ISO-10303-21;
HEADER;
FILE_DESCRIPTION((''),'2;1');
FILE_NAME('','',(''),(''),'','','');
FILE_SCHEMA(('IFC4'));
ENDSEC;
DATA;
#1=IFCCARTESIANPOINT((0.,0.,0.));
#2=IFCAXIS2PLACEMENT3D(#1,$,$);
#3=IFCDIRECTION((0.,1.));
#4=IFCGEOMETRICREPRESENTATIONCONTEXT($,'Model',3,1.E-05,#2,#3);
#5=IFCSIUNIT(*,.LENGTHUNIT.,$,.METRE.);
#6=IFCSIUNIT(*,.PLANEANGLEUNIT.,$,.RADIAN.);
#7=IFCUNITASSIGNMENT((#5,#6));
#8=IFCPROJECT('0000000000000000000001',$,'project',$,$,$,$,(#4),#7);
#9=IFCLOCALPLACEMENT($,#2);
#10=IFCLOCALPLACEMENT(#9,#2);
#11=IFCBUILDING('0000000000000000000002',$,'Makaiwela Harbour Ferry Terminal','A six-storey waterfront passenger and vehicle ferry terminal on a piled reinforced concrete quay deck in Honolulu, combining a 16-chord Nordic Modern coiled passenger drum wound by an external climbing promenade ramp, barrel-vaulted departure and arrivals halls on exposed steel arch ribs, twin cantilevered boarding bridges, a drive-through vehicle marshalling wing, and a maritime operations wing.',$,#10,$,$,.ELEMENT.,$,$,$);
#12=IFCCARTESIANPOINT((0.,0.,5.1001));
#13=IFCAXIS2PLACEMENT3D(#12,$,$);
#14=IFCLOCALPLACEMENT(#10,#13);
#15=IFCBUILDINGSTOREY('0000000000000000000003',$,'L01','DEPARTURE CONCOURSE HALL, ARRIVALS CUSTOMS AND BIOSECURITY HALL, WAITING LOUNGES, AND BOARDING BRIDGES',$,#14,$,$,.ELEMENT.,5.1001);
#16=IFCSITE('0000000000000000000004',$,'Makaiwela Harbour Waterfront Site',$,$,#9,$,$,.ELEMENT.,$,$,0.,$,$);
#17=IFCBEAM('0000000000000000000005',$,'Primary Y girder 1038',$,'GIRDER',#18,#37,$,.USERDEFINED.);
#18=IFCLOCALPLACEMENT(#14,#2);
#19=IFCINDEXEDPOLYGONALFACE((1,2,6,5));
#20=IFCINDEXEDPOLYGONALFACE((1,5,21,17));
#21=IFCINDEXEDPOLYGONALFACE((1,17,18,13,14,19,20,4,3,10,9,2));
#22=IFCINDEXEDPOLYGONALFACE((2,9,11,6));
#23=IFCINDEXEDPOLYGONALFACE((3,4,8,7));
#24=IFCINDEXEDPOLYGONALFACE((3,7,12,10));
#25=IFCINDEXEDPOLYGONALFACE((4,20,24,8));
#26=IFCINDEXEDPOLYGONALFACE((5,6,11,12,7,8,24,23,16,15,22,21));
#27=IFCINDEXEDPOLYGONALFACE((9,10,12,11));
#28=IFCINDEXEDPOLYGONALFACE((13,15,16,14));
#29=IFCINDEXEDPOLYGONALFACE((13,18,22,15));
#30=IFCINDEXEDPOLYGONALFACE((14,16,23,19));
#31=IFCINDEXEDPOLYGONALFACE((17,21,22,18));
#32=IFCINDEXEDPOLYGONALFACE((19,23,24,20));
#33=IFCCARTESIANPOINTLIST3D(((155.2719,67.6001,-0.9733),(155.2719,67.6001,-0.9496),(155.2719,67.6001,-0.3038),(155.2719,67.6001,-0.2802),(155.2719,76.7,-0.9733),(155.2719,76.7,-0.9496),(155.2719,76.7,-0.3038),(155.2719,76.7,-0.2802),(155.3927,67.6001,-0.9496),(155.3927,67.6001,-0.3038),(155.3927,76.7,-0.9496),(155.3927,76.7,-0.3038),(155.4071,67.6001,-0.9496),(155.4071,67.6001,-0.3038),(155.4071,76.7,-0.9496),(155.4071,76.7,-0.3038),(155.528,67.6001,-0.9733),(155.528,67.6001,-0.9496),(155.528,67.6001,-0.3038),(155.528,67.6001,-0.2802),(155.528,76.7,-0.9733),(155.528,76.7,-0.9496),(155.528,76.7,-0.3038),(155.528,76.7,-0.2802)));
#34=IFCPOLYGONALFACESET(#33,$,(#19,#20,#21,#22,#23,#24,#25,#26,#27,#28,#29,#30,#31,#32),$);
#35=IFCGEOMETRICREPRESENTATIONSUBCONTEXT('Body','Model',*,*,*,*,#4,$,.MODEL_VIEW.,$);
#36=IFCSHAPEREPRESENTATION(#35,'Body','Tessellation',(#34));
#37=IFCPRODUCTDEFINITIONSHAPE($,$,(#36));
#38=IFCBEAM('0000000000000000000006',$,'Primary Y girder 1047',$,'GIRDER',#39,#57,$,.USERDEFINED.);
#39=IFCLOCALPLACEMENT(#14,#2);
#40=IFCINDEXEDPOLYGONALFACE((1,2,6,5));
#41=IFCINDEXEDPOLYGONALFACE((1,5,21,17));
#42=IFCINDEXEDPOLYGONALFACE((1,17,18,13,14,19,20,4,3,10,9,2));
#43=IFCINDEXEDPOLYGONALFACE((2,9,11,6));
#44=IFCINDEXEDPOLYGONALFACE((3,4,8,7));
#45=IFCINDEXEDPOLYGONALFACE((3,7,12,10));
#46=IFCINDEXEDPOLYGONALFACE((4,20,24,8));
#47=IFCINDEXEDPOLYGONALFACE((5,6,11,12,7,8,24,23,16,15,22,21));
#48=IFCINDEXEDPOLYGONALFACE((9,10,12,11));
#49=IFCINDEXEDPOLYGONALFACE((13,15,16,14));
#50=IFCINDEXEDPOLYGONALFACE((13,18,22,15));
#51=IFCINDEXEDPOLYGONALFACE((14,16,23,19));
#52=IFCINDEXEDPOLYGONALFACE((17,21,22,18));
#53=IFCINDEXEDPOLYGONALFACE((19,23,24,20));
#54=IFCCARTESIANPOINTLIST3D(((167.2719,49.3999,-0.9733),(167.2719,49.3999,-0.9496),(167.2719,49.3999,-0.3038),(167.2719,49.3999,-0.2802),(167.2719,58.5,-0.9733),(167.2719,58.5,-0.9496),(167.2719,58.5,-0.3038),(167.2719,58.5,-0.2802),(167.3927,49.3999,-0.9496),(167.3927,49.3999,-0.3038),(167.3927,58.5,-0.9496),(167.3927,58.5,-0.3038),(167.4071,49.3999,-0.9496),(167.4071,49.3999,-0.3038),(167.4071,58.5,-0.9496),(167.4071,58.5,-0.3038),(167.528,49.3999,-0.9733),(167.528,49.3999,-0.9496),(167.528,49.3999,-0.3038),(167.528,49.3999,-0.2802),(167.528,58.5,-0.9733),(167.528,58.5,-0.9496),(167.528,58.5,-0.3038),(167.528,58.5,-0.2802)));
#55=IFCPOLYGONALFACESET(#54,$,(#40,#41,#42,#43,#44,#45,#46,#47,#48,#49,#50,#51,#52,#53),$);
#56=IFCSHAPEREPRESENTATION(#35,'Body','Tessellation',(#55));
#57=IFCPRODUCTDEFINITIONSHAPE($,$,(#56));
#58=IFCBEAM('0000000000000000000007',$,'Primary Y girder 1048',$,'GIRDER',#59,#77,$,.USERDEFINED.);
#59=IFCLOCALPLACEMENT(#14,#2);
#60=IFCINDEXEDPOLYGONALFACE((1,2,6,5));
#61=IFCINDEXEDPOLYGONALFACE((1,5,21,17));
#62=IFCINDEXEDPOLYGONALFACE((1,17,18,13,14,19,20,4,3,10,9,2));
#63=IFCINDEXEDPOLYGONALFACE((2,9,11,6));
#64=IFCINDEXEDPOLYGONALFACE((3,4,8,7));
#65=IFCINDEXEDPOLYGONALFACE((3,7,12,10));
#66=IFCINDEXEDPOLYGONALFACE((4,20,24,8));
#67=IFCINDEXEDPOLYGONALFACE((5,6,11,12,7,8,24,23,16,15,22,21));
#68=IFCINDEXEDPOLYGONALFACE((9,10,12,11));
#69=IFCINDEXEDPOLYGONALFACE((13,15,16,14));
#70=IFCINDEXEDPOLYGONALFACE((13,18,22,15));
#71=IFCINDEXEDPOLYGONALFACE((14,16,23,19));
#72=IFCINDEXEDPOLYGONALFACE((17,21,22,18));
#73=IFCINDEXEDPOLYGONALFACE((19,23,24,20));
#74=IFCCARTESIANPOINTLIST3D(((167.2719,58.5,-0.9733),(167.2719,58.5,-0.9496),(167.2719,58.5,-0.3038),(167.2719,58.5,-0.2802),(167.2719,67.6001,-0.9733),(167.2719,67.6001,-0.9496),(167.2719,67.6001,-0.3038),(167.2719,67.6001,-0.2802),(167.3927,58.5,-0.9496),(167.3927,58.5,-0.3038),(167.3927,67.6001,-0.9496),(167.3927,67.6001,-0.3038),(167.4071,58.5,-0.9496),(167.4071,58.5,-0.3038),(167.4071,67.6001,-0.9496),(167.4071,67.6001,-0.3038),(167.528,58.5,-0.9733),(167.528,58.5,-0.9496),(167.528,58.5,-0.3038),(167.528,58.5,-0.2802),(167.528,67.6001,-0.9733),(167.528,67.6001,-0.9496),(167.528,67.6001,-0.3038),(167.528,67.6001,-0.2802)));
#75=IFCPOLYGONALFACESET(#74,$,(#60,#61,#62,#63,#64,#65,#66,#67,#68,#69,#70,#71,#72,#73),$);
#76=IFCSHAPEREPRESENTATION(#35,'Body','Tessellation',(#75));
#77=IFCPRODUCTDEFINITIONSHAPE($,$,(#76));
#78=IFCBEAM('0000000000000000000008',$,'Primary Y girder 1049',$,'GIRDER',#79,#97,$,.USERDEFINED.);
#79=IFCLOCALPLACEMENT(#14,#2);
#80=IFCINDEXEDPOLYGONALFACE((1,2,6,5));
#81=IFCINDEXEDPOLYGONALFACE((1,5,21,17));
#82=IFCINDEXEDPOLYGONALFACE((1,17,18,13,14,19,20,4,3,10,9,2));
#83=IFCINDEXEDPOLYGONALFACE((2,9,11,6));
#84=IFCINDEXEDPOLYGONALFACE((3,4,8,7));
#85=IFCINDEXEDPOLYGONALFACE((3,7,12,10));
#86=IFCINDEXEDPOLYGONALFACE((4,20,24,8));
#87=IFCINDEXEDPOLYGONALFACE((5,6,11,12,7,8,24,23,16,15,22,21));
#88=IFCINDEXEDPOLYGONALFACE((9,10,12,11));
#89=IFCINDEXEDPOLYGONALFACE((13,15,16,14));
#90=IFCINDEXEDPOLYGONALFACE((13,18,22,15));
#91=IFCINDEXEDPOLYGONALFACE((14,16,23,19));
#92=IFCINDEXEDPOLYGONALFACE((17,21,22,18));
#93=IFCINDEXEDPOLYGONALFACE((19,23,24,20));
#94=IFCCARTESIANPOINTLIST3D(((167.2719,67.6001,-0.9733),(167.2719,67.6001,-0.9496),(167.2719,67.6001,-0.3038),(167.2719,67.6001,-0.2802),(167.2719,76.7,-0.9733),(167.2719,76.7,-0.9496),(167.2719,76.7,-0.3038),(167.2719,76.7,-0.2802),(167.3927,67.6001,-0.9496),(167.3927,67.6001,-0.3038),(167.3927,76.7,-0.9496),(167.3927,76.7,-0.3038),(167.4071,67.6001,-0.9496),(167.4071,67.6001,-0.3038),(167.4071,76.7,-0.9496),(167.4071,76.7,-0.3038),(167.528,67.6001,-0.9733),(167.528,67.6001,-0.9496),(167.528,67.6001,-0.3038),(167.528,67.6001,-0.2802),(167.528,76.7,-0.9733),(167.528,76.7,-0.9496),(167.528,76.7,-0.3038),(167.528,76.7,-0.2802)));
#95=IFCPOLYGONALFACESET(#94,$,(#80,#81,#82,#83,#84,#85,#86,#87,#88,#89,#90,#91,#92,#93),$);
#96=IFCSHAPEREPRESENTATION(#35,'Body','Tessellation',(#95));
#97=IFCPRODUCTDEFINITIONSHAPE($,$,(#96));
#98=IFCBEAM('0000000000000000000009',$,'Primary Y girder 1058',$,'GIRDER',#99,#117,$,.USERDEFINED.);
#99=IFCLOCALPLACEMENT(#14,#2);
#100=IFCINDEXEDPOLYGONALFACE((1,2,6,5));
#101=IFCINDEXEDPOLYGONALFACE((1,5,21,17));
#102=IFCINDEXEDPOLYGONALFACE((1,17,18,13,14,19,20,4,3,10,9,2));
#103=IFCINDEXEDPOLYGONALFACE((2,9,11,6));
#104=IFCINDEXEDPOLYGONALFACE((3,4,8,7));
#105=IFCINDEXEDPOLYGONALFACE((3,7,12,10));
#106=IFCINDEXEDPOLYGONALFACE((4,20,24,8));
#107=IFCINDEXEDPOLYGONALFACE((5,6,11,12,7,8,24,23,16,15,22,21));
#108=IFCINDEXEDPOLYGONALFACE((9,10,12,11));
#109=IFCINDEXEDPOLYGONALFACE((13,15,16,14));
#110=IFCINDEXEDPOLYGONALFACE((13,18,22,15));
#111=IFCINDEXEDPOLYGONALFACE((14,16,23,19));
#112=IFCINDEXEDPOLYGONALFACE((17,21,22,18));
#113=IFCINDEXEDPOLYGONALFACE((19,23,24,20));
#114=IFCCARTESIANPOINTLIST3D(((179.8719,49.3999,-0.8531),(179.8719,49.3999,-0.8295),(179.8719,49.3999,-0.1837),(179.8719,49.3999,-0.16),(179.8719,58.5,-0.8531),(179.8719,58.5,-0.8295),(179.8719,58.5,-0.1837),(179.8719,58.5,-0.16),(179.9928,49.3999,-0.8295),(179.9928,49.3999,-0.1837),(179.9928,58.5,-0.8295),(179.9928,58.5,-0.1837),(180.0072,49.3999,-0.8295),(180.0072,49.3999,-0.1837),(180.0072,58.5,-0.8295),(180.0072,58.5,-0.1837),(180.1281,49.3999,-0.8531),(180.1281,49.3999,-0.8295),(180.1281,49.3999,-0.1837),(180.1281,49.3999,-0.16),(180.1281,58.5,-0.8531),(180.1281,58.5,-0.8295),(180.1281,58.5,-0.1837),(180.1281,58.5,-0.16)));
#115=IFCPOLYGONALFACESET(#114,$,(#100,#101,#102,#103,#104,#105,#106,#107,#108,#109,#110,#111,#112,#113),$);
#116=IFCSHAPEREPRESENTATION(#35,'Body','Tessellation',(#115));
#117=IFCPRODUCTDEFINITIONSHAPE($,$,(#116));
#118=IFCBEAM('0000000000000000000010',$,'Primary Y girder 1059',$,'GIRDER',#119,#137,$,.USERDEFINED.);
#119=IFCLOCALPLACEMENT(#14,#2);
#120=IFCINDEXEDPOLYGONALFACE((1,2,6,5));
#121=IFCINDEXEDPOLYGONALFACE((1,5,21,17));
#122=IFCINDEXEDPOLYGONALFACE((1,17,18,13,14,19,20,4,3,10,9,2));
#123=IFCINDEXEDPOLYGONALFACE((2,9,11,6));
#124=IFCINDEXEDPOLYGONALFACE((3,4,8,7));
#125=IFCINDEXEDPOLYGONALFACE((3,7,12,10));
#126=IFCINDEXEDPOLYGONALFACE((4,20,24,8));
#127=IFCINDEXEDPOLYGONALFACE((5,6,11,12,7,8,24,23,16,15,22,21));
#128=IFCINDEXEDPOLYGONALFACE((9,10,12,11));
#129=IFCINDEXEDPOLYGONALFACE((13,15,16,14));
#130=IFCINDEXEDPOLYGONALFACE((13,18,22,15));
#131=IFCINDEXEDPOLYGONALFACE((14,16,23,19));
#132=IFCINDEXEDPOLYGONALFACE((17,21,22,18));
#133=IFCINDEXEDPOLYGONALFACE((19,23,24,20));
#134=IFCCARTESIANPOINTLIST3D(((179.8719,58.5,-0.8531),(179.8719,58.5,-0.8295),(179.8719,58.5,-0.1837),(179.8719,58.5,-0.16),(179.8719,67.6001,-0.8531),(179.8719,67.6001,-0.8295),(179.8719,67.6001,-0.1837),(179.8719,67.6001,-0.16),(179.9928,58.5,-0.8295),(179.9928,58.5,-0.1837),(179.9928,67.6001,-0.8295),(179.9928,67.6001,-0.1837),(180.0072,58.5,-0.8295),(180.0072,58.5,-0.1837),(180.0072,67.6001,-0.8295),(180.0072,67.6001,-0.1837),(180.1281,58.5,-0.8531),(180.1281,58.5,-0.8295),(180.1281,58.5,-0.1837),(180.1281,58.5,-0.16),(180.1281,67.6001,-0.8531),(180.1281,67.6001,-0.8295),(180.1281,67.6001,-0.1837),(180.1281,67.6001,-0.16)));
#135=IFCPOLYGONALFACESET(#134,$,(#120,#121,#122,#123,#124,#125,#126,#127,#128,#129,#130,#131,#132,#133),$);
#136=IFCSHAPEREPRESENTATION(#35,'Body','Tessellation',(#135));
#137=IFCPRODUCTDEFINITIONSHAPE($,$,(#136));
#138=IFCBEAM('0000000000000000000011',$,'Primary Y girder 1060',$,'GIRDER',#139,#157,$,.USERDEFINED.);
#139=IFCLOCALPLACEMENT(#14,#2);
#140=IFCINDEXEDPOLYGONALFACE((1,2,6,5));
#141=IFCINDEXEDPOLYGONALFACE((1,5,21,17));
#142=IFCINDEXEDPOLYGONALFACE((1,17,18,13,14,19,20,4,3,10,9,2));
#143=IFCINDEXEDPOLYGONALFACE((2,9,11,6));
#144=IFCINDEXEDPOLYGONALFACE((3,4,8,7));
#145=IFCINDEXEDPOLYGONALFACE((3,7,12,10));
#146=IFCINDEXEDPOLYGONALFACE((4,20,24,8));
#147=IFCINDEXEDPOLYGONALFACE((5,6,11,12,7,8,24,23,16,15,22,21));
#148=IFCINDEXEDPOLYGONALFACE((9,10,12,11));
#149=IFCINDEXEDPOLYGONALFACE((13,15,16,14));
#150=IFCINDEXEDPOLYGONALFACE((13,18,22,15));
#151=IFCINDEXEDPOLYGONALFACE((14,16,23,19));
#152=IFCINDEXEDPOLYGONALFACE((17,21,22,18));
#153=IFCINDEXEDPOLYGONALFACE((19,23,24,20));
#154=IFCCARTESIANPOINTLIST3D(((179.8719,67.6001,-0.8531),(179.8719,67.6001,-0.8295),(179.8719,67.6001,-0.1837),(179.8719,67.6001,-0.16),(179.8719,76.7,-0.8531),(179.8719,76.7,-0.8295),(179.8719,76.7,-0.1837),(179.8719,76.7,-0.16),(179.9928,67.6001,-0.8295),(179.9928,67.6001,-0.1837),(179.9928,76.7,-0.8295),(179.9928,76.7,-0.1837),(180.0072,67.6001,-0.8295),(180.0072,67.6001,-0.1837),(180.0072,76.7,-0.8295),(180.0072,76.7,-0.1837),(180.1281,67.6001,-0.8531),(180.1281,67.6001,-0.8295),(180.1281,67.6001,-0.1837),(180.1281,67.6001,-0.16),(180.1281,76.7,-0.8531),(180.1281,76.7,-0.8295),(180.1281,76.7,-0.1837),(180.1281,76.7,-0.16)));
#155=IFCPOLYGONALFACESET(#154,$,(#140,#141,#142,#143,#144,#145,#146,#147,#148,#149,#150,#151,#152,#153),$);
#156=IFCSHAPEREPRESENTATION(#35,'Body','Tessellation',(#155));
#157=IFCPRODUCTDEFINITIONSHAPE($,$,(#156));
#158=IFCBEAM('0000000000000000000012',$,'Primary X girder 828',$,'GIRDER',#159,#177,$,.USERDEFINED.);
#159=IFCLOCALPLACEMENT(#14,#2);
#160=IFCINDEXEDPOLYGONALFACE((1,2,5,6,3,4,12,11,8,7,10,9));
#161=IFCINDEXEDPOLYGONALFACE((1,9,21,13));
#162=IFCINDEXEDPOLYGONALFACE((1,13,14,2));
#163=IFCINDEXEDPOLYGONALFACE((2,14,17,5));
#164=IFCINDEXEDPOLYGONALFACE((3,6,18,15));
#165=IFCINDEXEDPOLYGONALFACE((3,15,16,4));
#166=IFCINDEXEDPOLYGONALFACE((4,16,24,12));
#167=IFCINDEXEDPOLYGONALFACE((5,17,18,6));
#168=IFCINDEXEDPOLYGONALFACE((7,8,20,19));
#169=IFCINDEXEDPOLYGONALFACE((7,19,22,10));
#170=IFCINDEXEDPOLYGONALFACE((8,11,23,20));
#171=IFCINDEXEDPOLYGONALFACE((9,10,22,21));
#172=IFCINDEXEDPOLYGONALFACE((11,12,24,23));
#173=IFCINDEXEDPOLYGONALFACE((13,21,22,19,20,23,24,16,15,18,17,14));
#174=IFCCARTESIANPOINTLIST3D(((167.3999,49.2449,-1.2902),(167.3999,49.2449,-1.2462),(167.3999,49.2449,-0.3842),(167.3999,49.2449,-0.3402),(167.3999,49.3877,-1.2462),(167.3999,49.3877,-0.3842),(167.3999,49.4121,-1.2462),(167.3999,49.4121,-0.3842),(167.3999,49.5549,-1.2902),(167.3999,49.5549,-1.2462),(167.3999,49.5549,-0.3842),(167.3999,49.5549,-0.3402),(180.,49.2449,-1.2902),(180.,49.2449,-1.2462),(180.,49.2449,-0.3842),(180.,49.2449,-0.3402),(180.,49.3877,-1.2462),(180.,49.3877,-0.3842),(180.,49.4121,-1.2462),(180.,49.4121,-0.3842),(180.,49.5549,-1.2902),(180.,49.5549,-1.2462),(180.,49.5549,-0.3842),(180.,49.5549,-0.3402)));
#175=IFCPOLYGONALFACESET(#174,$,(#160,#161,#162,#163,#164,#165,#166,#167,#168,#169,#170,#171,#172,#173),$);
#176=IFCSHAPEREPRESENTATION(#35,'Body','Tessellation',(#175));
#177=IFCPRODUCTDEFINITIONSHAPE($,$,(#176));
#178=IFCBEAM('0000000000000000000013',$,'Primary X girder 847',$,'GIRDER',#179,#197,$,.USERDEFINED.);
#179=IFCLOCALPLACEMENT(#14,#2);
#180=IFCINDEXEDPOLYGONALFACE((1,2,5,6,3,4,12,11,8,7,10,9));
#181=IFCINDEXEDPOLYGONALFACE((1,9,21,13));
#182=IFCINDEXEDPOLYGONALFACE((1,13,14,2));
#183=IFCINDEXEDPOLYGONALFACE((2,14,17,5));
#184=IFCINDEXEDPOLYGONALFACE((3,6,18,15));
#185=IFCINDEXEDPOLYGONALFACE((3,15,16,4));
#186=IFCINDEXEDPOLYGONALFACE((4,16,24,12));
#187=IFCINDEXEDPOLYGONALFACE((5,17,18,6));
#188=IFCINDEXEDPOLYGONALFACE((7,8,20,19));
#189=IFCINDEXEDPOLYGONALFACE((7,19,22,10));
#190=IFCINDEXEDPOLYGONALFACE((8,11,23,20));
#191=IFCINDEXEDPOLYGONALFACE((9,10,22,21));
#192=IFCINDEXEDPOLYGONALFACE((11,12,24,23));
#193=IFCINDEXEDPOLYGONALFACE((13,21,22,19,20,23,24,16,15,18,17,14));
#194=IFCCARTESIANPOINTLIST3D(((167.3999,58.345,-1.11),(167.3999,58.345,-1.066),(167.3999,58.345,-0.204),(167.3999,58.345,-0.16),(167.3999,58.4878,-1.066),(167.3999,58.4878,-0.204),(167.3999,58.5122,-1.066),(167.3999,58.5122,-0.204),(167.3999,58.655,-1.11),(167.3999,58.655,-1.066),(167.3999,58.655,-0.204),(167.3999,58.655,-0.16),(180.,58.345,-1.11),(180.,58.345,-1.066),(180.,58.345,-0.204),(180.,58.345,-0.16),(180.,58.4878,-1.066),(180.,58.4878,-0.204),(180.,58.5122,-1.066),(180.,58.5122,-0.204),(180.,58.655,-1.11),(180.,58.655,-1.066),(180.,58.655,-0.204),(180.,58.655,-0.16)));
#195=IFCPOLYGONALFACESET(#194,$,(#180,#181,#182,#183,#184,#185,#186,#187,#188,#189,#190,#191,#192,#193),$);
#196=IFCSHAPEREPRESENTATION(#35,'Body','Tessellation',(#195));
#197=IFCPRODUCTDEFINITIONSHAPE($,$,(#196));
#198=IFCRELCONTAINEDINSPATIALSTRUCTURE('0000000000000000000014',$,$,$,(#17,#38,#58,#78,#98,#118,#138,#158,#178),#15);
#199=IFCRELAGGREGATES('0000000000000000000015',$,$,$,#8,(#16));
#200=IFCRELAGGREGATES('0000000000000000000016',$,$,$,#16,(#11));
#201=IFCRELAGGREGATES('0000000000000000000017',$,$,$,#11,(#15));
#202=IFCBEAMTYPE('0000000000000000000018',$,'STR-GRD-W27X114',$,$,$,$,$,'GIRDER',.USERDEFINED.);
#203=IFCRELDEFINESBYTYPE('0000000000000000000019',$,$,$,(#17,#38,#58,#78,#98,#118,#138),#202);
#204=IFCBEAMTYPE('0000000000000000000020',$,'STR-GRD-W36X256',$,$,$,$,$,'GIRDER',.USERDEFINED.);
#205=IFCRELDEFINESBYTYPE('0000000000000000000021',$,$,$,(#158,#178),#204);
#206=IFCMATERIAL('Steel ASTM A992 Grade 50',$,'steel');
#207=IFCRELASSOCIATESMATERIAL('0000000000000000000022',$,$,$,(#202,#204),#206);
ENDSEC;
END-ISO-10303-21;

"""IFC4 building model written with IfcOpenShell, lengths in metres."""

from ifc_helpers import new_model, si_unit, direction, frame, origin, origin_2d, place, context, subcontext, project, spatial, i_section, extrude, material, material_profile, profile_set, type_object, element, save


model = new_model("IFC4")

# Units and contexts
model_context = context("Model", 3, precision=1e-05, world=origin(), true_north=direction((0.0, 1.0)))
body_context = subcontext(model_context, "Body", "Model", "MODEL_VIEW")
ifc_project = project(units=[si_unit("LENGTHUNIT", "METRE"), si_unit("PLANEANGLEUNIT", "RADIAN")], contexts=[model_context])

# Site, building, storey
site_placement = place(None, origin())
site = spatial("IfcSite", under=ifc_project, at=site_placement, Name="Makaiwela Harbour Waterfront Site", CompositionType="ELEMENT", RefElevation=0.0)
building_placement = place(site_placement, origin())
building = spatial("IfcBuilding", under=site, at=building_placement, Name="Makaiwela Harbour Ferry Terminal", Description="A six-storey waterfront passenger and vehicle ferry terminal on a piled reinforced concrete quay deck in Honolulu, combining a 16-chord Nordic Modern coiled passenger drum wound by an external climbing promenade ramp, barrel-vaulted departure and arrivals halls on exposed steel arch ribs, twin cantilevered boarding bridges, a drive-through vehicle marshalling wing, and a maritime operations wing.", CompositionType="ELEMENT")
storey_placement = place(building_placement, frame((0.0, 0.0, 5.1001)))
storey = spatial("IfcBuildingStorey", under=building, at=storey_placement, Name="L01", Description="DEPARTURE CONCOURSE HALL, ARRIVALS CUSTOMS AND BIOSECURITY HALL, WAITING LOUNGES, AND BOARDING BRIDGES", CompositionType="ELEMENT", Elevation=5.1001)

# Shared definitions
ifc_material_1 = material(Name="Steel ASTM A992 Grade 50", Category="steel")

# Beams
ifc_material_profile_1 = material_profile(ifc_material_1, i_section(OverallWidth=0.2561, OverallDepth=0.6931, WebThickness=0.0144, FlangeThickness=0.0237, at=origin_2d()), Name="W27X114")
ifc_profile_set_1 = profile_set([ifc_material_profile_1], Name="Steel ASTM A992 Grade 50")
beam_type_1 = type_object("IfcBeamType", Name="STR-GRD-W27X114", ElementType="GIRDER", PredefinedType="USERDEFINED", material=ifc_profile_set_1)
beam_1_placement = place(storey_placement, frame((155.3999, 67.6001, -0.6267), z_axis=(0.0, 1.0, 0.0), x_axis=(-1.0, 0.0, 0.0)))
element("IfcBeam", 1, at=beam_1_placement, inside=storey, type_object=beam_type_1, Name="Primary Y girder 1038", ObjectType="GIRDER", PredefinedType="USERDEFINED", context=body_context, shape_type="SweptSolid", body=[
    extrude(i_section(OverallWidth=0.2561, OverallDepth=0.6931, WebThickness=0.0144, FlangeThickness=0.0237, at=origin_2d()), origin(), (0.0, 0.0, 1.0), 9.0999),
])
for number, where, z_axis, x_axis, name in (
    (2, (167.3999, 49.3999, -0.6267), (0.0, 1.0, 0.0), (-1.0, 0.0, 0.0), "Primary Y girder 1047"),
    (3, (167.3999, 58.5, -0.6267), (0.0, 1.0, 0.0), (-1.0, 0.0, 0.0), "Primary Y girder 1048"),
):
    element("IfcBeam", number, at=place(storey_placement, frame(where, z_axis=z_axis, x_axis=x_axis)), inside=storey, type_object=beam_type_1, Name=name, ObjectType="GIRDER", PredefinedType="USERDEFINED", context=body_context, shape_type="SweptSolid", body=[
        extrude(i_section(OverallWidth=0.2561, OverallDepth=0.6931, WebThickness=0.0144, FlangeThickness=0.0237, at=origin_2d()), origin(), (0.0, 0.0, 1.0), 9.1001),
    ])
beam_2_placement = place(storey_placement, frame((167.3999, 67.6001, -0.6267), z_axis=(0.0, 1.0, 0.0), x_axis=(-1.0, 0.0, 0.0)))
element("IfcBeam", 4, at=beam_2_placement, inside=storey, type_object=beam_type_1, Name="Primary Y girder 1049", ObjectType="GIRDER", PredefinedType="USERDEFINED", context=body_context, shape_type="SweptSolid", body=[
    extrude(i_section(OverallWidth=0.2561, OverallDepth=0.6931, WebThickness=0.0144, FlangeThickness=0.0237, at=origin_2d()), origin(), (0.0, 0.0, 1.0), 9.0999),
])
for number, where, z_axis, x_axis, name in (
    (5, (180.0, 49.3999, -0.5066), (0.0, 1.0, 0.0), (-1.0, 0.0, 0.0), "Primary Y girder 1058"),
    (6, (180.0, 58.5, -0.5066), (0.0, 1.0, 0.0), (-1.0, 0.0, 0.0), "Primary Y girder 1059"),
):
    element("IfcBeam", number, at=place(storey_placement, frame(where, z_axis=z_axis, x_axis=x_axis)), inside=storey, type_object=beam_type_1, Name=name, ObjectType="GIRDER", PredefinedType="USERDEFINED", context=body_context, shape_type="SweptSolid", body=[
        extrude(i_section(OverallWidth=0.2561, OverallDepth=0.6931, WebThickness=0.0144, FlangeThickness=0.0237, at=origin_2d()), origin(), (0.0, 0.0, 1.0), 9.1001),
    ])
beam_3_placement = place(storey_placement, frame((180.0, 67.6001, -0.5066), z_axis=(0.0, 1.0, 0.0), x_axis=(-1.0, 0.0, 0.0)))
element("IfcBeam", 7, at=beam_3_placement, inside=storey, type_object=beam_type_1, Name="Primary Y girder 1060", ObjectType="GIRDER", PredefinedType="USERDEFINED", context=body_context, shape_type="SweptSolid", body=[
    extrude(i_section(OverallWidth=0.2561, OverallDepth=0.6931, WebThickness=0.0144, FlangeThickness=0.0237, at=origin_2d()), origin(), (0.0, 0.0, 1.0), 9.0999),
])
ifc_material_profile_2 = material_profile(ifc_material_1, i_section(OverallWidth=0.3101, OverallDepth=0.95, WebThickness=0.0244, FlangeThickness=0.0439, at=origin_2d()), Name="W36X256")
ifc_profile_set_2 = profile_set([ifc_material_profile_2], Name="Steel ASTM A992 Grade 50")
beam_type_2 = type_object("IfcBeamType", Name="STR-GRD-W36X256", ElementType="GIRDER", PredefinedType="USERDEFINED", material=ifc_profile_set_2)
for number, where, z_axis, x_axis, name in (
    (8, (167.3999, 49.3999, -0.8152), (1.0, 0.0, 0.0), (0.0, 1.0, 0.0), "Primary X girder 828"),
    (9, (167.3999, 58.5, -0.635), (1.0, 0.0, 0.0), (0.0, 1.0, 0.0), "Primary X girder 847"),
):
    element("IfcBeam", number, at=place(storey_placement, frame(where, z_axis=z_axis, x_axis=x_axis)), inside=storey, type_object=beam_type_2, Name=name, ObjectType="GIRDER", PredefinedType="USERDEFINED", context=body_context, shape_type="SweptSolid", body=[
        extrude(i_section(OverallWidth=0.3101, OverallDepth=0.95, WebThickness=0.0244, FlangeThickness=0.0439, at=origin_2d()), origin(), (0.0, 0.0, 1.0), 12.6001),
    ])

save(model, "model.ifc")
